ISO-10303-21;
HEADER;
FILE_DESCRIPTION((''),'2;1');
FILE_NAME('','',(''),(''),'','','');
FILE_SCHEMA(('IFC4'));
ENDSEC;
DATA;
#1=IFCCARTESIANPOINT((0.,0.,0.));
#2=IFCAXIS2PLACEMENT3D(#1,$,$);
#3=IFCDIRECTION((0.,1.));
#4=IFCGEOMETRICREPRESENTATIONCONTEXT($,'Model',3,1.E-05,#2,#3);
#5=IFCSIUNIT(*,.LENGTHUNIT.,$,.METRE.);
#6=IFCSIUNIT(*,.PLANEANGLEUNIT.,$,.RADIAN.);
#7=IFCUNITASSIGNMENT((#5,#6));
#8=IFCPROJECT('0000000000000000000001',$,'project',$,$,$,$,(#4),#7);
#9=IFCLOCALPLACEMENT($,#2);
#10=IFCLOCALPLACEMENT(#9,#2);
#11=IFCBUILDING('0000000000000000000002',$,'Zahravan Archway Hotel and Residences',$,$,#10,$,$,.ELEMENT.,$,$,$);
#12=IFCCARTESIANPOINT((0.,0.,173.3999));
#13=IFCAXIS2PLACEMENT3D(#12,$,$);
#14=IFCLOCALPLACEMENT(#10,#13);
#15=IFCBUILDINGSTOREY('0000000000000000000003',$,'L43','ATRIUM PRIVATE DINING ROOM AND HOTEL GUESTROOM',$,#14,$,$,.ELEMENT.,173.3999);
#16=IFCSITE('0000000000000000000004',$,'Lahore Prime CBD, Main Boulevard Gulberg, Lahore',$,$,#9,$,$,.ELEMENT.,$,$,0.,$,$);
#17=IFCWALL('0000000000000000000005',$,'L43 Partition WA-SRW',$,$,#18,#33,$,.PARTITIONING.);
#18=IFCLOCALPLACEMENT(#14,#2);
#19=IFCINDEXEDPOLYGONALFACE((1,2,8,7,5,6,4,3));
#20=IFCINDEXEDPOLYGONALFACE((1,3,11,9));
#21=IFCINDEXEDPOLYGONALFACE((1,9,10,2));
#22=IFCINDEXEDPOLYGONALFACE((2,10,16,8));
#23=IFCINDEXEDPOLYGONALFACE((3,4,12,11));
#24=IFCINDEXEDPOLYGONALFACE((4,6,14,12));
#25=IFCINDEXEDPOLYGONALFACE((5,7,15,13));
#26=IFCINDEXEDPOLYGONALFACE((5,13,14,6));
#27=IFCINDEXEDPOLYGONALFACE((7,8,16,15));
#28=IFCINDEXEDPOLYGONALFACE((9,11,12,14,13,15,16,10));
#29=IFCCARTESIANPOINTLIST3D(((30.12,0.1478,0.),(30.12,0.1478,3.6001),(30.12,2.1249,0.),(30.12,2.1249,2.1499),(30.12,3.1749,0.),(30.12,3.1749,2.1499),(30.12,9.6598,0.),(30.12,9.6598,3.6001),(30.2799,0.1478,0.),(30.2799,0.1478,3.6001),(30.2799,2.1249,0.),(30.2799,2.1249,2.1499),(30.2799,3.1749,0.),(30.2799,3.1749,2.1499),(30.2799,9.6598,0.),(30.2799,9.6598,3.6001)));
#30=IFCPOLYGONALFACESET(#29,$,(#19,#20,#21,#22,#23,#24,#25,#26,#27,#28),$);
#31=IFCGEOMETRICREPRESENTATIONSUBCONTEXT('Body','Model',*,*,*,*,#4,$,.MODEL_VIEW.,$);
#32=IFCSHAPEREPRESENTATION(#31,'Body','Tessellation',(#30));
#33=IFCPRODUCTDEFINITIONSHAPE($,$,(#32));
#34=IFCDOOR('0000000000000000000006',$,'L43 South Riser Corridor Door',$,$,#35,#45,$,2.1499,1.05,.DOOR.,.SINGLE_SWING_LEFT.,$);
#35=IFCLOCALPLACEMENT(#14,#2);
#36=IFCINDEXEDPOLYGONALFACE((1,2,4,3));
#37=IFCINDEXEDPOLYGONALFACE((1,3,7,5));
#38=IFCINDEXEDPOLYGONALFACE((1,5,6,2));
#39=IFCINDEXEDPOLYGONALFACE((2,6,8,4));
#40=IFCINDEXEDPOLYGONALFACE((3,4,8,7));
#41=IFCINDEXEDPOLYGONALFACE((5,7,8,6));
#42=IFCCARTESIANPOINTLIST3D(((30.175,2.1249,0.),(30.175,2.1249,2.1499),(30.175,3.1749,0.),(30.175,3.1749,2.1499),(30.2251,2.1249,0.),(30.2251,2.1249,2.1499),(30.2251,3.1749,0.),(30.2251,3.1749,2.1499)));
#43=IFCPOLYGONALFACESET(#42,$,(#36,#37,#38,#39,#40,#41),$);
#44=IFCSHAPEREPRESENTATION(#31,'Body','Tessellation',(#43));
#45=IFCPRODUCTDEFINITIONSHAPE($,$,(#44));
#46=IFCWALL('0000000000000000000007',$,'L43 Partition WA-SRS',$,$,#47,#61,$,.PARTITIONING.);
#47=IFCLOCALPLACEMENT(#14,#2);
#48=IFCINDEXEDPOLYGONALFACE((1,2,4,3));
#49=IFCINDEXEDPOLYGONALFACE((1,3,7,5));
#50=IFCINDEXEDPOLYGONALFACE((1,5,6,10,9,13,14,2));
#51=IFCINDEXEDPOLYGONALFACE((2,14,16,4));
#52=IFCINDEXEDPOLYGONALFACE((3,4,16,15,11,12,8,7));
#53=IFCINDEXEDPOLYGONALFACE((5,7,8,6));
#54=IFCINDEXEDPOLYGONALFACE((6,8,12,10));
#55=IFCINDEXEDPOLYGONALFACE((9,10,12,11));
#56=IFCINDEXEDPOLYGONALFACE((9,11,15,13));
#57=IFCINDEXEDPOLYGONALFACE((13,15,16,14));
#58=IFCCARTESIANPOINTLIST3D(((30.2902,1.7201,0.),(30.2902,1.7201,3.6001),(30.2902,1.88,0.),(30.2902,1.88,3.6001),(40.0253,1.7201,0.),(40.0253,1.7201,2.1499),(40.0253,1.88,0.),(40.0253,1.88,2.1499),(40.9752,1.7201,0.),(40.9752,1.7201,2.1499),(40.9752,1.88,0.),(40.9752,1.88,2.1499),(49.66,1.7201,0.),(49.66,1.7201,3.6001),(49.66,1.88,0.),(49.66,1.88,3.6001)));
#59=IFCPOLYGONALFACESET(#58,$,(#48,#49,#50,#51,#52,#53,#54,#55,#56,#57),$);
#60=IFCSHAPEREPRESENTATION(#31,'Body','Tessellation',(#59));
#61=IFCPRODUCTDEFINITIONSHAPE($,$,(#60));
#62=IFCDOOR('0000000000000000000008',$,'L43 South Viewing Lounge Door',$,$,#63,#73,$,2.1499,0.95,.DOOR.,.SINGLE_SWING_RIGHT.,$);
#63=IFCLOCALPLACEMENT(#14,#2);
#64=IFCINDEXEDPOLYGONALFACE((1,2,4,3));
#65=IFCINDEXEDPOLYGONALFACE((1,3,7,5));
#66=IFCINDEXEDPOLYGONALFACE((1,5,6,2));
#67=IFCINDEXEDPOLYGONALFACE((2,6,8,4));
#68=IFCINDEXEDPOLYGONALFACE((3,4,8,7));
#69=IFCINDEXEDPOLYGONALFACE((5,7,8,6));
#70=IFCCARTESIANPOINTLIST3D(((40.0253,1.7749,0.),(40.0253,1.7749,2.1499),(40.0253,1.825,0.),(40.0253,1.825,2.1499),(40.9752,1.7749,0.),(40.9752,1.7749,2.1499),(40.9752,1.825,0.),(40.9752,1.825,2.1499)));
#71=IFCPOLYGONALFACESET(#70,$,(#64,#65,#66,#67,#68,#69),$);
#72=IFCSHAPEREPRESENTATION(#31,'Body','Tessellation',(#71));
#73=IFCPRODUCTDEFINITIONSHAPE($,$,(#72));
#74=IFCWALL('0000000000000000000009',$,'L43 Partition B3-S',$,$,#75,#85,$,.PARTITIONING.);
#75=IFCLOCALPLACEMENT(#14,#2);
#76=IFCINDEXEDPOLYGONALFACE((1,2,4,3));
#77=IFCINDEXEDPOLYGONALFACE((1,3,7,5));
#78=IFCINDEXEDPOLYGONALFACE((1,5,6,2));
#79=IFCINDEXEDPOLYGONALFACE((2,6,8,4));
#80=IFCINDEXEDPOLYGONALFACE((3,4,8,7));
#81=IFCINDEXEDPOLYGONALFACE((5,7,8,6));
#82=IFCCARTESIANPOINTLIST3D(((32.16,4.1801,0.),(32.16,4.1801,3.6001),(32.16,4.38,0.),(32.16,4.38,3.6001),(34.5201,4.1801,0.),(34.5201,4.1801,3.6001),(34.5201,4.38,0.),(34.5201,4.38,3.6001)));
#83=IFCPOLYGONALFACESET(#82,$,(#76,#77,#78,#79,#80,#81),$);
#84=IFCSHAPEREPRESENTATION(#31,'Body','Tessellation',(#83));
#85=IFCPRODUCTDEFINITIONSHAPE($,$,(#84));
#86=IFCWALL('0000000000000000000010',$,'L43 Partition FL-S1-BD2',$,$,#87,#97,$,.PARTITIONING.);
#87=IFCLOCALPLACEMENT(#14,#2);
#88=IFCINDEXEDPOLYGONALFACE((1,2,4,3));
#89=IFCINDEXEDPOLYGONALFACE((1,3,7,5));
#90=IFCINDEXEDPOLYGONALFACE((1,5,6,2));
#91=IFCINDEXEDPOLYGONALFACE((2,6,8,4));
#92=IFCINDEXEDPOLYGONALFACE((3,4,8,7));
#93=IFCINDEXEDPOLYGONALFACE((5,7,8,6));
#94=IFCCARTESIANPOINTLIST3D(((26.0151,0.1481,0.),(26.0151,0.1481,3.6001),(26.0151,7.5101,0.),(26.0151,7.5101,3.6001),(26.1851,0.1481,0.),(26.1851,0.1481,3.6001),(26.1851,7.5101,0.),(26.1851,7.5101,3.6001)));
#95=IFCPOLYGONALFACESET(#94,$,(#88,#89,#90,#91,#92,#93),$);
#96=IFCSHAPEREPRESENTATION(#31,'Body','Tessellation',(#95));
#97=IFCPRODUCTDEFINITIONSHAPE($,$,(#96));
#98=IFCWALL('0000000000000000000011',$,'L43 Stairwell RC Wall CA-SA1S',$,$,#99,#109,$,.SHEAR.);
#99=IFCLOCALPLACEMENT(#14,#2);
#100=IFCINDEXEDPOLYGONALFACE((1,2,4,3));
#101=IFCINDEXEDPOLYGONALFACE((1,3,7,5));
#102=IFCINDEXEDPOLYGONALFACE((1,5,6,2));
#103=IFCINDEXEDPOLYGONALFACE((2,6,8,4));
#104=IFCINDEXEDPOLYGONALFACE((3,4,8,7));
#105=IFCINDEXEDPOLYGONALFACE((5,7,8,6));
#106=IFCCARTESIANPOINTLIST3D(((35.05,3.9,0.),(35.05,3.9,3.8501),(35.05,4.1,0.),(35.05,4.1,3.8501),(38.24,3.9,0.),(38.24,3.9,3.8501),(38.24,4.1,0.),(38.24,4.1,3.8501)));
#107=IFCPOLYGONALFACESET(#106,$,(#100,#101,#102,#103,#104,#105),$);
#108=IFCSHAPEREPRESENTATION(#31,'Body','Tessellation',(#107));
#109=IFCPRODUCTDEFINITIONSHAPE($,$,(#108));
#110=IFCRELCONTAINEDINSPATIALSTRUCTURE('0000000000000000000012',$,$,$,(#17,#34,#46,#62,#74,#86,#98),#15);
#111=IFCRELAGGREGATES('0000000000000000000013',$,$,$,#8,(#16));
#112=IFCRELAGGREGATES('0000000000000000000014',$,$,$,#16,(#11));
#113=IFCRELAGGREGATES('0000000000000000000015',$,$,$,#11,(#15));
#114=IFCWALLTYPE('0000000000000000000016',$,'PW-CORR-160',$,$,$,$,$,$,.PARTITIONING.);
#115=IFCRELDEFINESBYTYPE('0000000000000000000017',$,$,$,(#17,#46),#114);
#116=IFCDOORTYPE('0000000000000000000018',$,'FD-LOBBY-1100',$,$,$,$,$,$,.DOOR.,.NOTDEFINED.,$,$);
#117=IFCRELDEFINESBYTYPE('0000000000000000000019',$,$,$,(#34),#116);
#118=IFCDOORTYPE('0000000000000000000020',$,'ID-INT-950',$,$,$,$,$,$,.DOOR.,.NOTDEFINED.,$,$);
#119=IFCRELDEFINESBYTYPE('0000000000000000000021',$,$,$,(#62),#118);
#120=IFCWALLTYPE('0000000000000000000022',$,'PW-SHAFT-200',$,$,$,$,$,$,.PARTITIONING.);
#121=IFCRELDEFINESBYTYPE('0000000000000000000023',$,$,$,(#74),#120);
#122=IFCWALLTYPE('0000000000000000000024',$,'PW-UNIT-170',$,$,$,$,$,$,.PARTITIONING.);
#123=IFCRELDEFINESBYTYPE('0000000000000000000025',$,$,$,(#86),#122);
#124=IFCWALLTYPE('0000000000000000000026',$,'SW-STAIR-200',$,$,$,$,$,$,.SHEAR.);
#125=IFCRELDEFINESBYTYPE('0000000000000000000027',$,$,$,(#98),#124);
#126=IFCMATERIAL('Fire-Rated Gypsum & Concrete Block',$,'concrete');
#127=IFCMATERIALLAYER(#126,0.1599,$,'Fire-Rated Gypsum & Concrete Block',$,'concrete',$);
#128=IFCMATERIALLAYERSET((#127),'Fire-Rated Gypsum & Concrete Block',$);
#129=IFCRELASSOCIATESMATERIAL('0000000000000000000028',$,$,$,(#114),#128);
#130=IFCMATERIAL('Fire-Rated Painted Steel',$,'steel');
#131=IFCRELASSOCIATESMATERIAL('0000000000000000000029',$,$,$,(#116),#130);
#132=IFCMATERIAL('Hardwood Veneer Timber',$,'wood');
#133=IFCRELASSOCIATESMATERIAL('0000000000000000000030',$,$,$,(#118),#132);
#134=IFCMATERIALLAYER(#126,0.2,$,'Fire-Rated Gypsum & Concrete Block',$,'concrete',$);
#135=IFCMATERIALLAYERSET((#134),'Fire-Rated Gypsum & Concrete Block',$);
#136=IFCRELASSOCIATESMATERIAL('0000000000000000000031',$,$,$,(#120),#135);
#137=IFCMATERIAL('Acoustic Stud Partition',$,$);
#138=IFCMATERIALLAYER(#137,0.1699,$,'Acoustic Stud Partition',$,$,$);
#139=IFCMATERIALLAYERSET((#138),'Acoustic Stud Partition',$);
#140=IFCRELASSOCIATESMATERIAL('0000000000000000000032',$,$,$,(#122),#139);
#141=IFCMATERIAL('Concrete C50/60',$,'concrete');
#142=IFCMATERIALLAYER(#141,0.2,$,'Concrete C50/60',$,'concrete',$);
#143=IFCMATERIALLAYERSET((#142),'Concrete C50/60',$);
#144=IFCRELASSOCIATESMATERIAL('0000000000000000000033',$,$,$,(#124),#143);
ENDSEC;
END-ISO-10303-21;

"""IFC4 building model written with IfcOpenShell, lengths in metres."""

from ifc_helpers import new_model, si_unit, direction, frame, frame_2d, origin, place, context, subcontext, project, spatial, rectangle, extrude, source, transform, mapped, material, layer, layer_set, type_object, type_shapes, element, fill, save


model = new_model("IFC4")

# Units and contexts
model_context = context("Model", 3, precision=1e-05, world=origin(), true_north=direction((0.0, 1.0)))
body_context = subcontext(model_context, "Body", "Model", "MODEL_VIEW")
ifc_project = project(units=[si_unit("LENGTHUNIT", "METRE"), si_unit("PLANEANGLEUNIT", "RADIAN")], contexts=[model_context])

# Site, building, storey
site_placement = place(None, origin())
site = spatial("IfcSite", under=ifc_project, at=site_placement, Name="Lahore Prime CBD, Main Boulevard Gulberg, Lahore", CompositionType="ELEMENT", RefElevation=0.0)
building_placement = place(site_placement, origin())
building = spatial("IfcBuilding", under=site, at=building_placement, Name="Zahravan Archway Hotel and Residences", CompositionType="ELEMENT")
storey_placement = place(building_placement, frame((0.0, 0.0, 173.3999)))
storey = spatial("IfcBuildingStorey", under=building, at=storey_placement, Name="L43", Description="ATRIUM PRIVATE DINING ROOM AND HOTEL GUESTROOM", CompositionType="ELEMENT", Elevation=173.3999)

# Shared definitions
ifc_material_1 = material(Name="Fire-Rated Painted Steel", Category="steel")

# Walls, openings, doors
ifc_material_2 = material(Name="Fire-Rated Gypsum & Concrete Block", Category="concrete")
ifc_layer_1 = layer(ifc_material_2, 0.1599, Name="Fire-Rated Gypsum & Concrete Block", Category="concrete")
ifc_layer_set_1 = layer_set([ifc_layer_1], Name="Fire-Rated Gypsum & Concrete Block")
wall_type_1 = type_object("IfcWallType", Name="PW-CORR-160", PredefinedType="PARTITIONING", material=ifc_layer_set_1)
wall_1_placement = place(storey_placement, frame((30.2, 0.1479, 0.0), z_axis=(0.0, 0.0, 1.0), x_axis=(0.0, 1.0, 0.0)))
wall_1 = element("IfcWall", 1, at=wall_1_placement, inside=storey, type_object=wall_type_1, Name="L43 Partition WA-SRW", PredefinedType="PARTITIONING", context=body_context, shape_type="SweptSolid", body=[
    extrude(rectangle(XDim=9.512, YDim=0.1599, at=frame_2d((4.7559, 0.0))), origin(), (0.0, 0.0, 1.0), 3.6001),
])
opening_1_placement = place(wall_1_placement, frame((1.9771, 0.0, 0.0)))
opening_1 = element("IfcOpeningElement", 2, at=opening_1_placement, cuts=wall_1, PredefinedType="OPENING", context=body_context, shape_type="SweptSolid", body=[
    extrude(rectangle(XDim=1.05, YDim=2.1499, at=frame_2d((0.5249, 1.075))), frame((0.0, 0.0898, 0.0), z_axis=(0.0, -1.0, 0.0), x_axis=(1.0, 0.0, 0.0)), (0.0, 0.0, 1.0), 0.1799),
])
door_type_1 = type_object("IfcDoorType", Name="FD-LOBBY-1100", OperationType="NOTDEFINED", PredefinedType="DOOR", material=ifc_material_1)
shared_shape_1 = source(origin(), body_context, "Body", "SweptSolid", [
    extrude(rectangle(XDim=1.05, YDim=2.1499, at=frame_2d((0.5249, 1.075))), frame((0.0, 0.0249, 0.0), z_axis=(0.0, -1.0, 0.0), x_axis=(1.0, 0.0, 0.0)), (0.0, 0.0, 1.0), 0.05),
])
type_shapes(door_type_1, [shared_shape_1])
door_1_placement = place(opening_1_placement, origin())
door_1 = element("IfcDoor", 3, at=door_1_placement, inside=storey, type_object=door_type_1, Name="L43 South Riser Corridor Door", OperationType="SINGLE_SWING_LEFT", OverallHeight=2.1499, OverallWidth=1.05, PredefinedType="DOOR", context=body_context, shape_type="MappedRepresentation", body=[
    mapped(shared_shape_1, transform((0.0, 0.0, 0.0), scale=1.0)),
])
fill(opening_1, door_1)
wall_2_placement = place(storey_placement, frame((30.29, 1.8, 0.0), z_axis=(0.0, 0.0, 1.0), x_axis=(1.0, 0.0, 0.0)))
wall_2 = element("IfcWall", 4, at=wall_2_placement, inside=storey, type_object=wall_type_1, Name="L43 Partition WA-SRS", PredefinedType="PARTITIONING", context=body_context, shape_type="SweptSolid", body=[
    extrude(rectangle(XDim=19.3699, YDim=0.1599, at=frame_2d((9.6851, 0.0))), origin(), (0.0, 0.0, 1.0), 3.6001),
])
opening_2_placement = place(wall_2_placement, frame((9.7351, 0.0, 0.0)))
opening_2 = element("IfcOpeningElement", 5, at=opening_2_placement, cuts=wall_2, PredefinedType="OPENING", context=body_context, shape_type="SweptSolid", body=[
    extrude(rectangle(XDim=0.95, YDim=2.1499, at=frame_2d((0.4751, 1.075))), frame((0.0, 0.0898, 0.0), z_axis=(0.0, -1.0, 0.0), x_axis=(1.0, 0.0, 0.0)), (0.0, 0.0, 1.0), 0.1799),
])
ifc_material_3 = material(Name="Hardwood Veneer Timber", Category="wood")
door_type_2 = type_object("IfcDoorType", Name="ID-INT-950", OperationType="NOTDEFINED", PredefinedType="DOOR", material=ifc_material_3)
shared_shape_2 = source(origin(), body_context, "Body", "SweptSolid", [
    extrude(rectangle(XDim=0.95, YDim=2.1499, at=frame_2d((0.4751, 1.075))), frame((0.0, 0.0249, 0.0), z_axis=(0.0, -1.0, 0.0), x_axis=(1.0, 0.0, 0.0)), (0.0, 0.0, 1.0), 0.05),
])
type_shapes(door_type_2, [shared_shape_2])
door_2_placement = place(opening_2_placement, origin())
door_2 = element("IfcDoor", 6, at=door_2_placement, inside=storey, type_object=door_type_2, Name="L43 South Viewing Lounge Door", OperationType="SINGLE_SWING_RIGHT", OverallHeight=2.1499, OverallWidth=0.95, PredefinedType="DOOR", context=body_context, shape_type="MappedRepresentation", body=[
    mapped(shared_shape_2, transform((0.0, 0.0, 0.0), scale=1.0)),
])
fill(opening_2, door_2)

# Walls
ifc_layer_2 = layer(ifc_material_2, 0.2, Name="Fire-Rated Gypsum & Concrete Block", Category="concrete")
ifc_layer_set_2 = layer_set([ifc_layer_2], Name="Fire-Rated Gypsum & Concrete Block")
wall_type_2 = type_object("IfcWallType", Name="PW-SHAFT-200", PredefinedType="PARTITIONING", material=ifc_layer_set_2)
wall_3_placement = place(storey_placement, frame((32.1599, 4.28, 0.0), z_axis=(0.0, 0.0, 1.0), x_axis=(1.0, 0.0, 0.0)))
element("IfcWall", 7, at=wall_3_placement, inside=storey, type_object=wall_type_2, Name="L43 Partition B3-S", PredefinedType="PARTITIONING", context=body_context, shape_type="SweptSolid", body=[
    extrude(rectangle(XDim=2.3601, YDim=0.2, at=frame_2d((1.1802, 0.0))), origin(), (0.0, 0.0, 1.0), 3.6001),
])
ifc_material_4 = material(Name="Acoustic Stud Partition")
ifc_layer_3 = layer(ifc_material_4, 0.1699, Name="Acoustic Stud Partition")
ifc_layer_set_3 = layer_set([ifc_layer_3], Name="Acoustic Stud Partition")
wall_type_3 = type_object("IfcWallType", Name="PW-UNIT-170", PredefinedType="PARTITIONING", material=ifc_layer_set_3)
wall_4_placement = place(storey_placement, frame((26.1001, 0.1479, 0.0), z_axis=(0.0, 0.0, 1.0), x_axis=(0.0, 1.0, 0.0)))
element("IfcWall", 8, at=wall_4_placement, inside=storey, type_object=wall_type_3, Name="L43 Partition FL-S1-BD2", PredefinedType="PARTITIONING", context=body_context, shape_type="SweptSolid", body=[
    extrude(rectangle(XDim=7.3621, YDim=0.1699, at=frame_2d((3.6812, 0.0))), origin(), (0.0, 0.0, 1.0), 3.6001),
])
ifc_material_5 = material(Name="Concrete C50/60", Category="concrete")
ifc_layer_4 = layer(ifc_material_5, 0.2, Name="Concrete C50/60", Category="concrete")
ifc_layer_set_4 = layer_set([ifc_layer_4], Name="Concrete C50/60")
wall_type_4 = type_object("IfcWallType", Name="SW-STAIR-200", PredefinedType="SHEAR", material=ifc_layer_set_4)
wall_5_placement = place(storey_placement, frame((35.05, 4.0, 0.0), z_axis=(0.0, 0.0, 1.0), x_axis=(1.0, 0.0, 0.0)))
element("IfcWall", 9, at=wall_5_placement, inside=storey, type_object=wall_type_4, Name="L43 Stairwell RC Wall CA-SA1S", PredefinedType="SHEAR", context=body_context, shape_type="SweptSolid", body=[
    extrude(rectangle(XDim=3.1899, YDim=0.2, at=frame_2d((1.595, 0.0))), origin(), (0.0, 0.0, 1.0), 3.8501),
])

save(model, "model.ifc")
